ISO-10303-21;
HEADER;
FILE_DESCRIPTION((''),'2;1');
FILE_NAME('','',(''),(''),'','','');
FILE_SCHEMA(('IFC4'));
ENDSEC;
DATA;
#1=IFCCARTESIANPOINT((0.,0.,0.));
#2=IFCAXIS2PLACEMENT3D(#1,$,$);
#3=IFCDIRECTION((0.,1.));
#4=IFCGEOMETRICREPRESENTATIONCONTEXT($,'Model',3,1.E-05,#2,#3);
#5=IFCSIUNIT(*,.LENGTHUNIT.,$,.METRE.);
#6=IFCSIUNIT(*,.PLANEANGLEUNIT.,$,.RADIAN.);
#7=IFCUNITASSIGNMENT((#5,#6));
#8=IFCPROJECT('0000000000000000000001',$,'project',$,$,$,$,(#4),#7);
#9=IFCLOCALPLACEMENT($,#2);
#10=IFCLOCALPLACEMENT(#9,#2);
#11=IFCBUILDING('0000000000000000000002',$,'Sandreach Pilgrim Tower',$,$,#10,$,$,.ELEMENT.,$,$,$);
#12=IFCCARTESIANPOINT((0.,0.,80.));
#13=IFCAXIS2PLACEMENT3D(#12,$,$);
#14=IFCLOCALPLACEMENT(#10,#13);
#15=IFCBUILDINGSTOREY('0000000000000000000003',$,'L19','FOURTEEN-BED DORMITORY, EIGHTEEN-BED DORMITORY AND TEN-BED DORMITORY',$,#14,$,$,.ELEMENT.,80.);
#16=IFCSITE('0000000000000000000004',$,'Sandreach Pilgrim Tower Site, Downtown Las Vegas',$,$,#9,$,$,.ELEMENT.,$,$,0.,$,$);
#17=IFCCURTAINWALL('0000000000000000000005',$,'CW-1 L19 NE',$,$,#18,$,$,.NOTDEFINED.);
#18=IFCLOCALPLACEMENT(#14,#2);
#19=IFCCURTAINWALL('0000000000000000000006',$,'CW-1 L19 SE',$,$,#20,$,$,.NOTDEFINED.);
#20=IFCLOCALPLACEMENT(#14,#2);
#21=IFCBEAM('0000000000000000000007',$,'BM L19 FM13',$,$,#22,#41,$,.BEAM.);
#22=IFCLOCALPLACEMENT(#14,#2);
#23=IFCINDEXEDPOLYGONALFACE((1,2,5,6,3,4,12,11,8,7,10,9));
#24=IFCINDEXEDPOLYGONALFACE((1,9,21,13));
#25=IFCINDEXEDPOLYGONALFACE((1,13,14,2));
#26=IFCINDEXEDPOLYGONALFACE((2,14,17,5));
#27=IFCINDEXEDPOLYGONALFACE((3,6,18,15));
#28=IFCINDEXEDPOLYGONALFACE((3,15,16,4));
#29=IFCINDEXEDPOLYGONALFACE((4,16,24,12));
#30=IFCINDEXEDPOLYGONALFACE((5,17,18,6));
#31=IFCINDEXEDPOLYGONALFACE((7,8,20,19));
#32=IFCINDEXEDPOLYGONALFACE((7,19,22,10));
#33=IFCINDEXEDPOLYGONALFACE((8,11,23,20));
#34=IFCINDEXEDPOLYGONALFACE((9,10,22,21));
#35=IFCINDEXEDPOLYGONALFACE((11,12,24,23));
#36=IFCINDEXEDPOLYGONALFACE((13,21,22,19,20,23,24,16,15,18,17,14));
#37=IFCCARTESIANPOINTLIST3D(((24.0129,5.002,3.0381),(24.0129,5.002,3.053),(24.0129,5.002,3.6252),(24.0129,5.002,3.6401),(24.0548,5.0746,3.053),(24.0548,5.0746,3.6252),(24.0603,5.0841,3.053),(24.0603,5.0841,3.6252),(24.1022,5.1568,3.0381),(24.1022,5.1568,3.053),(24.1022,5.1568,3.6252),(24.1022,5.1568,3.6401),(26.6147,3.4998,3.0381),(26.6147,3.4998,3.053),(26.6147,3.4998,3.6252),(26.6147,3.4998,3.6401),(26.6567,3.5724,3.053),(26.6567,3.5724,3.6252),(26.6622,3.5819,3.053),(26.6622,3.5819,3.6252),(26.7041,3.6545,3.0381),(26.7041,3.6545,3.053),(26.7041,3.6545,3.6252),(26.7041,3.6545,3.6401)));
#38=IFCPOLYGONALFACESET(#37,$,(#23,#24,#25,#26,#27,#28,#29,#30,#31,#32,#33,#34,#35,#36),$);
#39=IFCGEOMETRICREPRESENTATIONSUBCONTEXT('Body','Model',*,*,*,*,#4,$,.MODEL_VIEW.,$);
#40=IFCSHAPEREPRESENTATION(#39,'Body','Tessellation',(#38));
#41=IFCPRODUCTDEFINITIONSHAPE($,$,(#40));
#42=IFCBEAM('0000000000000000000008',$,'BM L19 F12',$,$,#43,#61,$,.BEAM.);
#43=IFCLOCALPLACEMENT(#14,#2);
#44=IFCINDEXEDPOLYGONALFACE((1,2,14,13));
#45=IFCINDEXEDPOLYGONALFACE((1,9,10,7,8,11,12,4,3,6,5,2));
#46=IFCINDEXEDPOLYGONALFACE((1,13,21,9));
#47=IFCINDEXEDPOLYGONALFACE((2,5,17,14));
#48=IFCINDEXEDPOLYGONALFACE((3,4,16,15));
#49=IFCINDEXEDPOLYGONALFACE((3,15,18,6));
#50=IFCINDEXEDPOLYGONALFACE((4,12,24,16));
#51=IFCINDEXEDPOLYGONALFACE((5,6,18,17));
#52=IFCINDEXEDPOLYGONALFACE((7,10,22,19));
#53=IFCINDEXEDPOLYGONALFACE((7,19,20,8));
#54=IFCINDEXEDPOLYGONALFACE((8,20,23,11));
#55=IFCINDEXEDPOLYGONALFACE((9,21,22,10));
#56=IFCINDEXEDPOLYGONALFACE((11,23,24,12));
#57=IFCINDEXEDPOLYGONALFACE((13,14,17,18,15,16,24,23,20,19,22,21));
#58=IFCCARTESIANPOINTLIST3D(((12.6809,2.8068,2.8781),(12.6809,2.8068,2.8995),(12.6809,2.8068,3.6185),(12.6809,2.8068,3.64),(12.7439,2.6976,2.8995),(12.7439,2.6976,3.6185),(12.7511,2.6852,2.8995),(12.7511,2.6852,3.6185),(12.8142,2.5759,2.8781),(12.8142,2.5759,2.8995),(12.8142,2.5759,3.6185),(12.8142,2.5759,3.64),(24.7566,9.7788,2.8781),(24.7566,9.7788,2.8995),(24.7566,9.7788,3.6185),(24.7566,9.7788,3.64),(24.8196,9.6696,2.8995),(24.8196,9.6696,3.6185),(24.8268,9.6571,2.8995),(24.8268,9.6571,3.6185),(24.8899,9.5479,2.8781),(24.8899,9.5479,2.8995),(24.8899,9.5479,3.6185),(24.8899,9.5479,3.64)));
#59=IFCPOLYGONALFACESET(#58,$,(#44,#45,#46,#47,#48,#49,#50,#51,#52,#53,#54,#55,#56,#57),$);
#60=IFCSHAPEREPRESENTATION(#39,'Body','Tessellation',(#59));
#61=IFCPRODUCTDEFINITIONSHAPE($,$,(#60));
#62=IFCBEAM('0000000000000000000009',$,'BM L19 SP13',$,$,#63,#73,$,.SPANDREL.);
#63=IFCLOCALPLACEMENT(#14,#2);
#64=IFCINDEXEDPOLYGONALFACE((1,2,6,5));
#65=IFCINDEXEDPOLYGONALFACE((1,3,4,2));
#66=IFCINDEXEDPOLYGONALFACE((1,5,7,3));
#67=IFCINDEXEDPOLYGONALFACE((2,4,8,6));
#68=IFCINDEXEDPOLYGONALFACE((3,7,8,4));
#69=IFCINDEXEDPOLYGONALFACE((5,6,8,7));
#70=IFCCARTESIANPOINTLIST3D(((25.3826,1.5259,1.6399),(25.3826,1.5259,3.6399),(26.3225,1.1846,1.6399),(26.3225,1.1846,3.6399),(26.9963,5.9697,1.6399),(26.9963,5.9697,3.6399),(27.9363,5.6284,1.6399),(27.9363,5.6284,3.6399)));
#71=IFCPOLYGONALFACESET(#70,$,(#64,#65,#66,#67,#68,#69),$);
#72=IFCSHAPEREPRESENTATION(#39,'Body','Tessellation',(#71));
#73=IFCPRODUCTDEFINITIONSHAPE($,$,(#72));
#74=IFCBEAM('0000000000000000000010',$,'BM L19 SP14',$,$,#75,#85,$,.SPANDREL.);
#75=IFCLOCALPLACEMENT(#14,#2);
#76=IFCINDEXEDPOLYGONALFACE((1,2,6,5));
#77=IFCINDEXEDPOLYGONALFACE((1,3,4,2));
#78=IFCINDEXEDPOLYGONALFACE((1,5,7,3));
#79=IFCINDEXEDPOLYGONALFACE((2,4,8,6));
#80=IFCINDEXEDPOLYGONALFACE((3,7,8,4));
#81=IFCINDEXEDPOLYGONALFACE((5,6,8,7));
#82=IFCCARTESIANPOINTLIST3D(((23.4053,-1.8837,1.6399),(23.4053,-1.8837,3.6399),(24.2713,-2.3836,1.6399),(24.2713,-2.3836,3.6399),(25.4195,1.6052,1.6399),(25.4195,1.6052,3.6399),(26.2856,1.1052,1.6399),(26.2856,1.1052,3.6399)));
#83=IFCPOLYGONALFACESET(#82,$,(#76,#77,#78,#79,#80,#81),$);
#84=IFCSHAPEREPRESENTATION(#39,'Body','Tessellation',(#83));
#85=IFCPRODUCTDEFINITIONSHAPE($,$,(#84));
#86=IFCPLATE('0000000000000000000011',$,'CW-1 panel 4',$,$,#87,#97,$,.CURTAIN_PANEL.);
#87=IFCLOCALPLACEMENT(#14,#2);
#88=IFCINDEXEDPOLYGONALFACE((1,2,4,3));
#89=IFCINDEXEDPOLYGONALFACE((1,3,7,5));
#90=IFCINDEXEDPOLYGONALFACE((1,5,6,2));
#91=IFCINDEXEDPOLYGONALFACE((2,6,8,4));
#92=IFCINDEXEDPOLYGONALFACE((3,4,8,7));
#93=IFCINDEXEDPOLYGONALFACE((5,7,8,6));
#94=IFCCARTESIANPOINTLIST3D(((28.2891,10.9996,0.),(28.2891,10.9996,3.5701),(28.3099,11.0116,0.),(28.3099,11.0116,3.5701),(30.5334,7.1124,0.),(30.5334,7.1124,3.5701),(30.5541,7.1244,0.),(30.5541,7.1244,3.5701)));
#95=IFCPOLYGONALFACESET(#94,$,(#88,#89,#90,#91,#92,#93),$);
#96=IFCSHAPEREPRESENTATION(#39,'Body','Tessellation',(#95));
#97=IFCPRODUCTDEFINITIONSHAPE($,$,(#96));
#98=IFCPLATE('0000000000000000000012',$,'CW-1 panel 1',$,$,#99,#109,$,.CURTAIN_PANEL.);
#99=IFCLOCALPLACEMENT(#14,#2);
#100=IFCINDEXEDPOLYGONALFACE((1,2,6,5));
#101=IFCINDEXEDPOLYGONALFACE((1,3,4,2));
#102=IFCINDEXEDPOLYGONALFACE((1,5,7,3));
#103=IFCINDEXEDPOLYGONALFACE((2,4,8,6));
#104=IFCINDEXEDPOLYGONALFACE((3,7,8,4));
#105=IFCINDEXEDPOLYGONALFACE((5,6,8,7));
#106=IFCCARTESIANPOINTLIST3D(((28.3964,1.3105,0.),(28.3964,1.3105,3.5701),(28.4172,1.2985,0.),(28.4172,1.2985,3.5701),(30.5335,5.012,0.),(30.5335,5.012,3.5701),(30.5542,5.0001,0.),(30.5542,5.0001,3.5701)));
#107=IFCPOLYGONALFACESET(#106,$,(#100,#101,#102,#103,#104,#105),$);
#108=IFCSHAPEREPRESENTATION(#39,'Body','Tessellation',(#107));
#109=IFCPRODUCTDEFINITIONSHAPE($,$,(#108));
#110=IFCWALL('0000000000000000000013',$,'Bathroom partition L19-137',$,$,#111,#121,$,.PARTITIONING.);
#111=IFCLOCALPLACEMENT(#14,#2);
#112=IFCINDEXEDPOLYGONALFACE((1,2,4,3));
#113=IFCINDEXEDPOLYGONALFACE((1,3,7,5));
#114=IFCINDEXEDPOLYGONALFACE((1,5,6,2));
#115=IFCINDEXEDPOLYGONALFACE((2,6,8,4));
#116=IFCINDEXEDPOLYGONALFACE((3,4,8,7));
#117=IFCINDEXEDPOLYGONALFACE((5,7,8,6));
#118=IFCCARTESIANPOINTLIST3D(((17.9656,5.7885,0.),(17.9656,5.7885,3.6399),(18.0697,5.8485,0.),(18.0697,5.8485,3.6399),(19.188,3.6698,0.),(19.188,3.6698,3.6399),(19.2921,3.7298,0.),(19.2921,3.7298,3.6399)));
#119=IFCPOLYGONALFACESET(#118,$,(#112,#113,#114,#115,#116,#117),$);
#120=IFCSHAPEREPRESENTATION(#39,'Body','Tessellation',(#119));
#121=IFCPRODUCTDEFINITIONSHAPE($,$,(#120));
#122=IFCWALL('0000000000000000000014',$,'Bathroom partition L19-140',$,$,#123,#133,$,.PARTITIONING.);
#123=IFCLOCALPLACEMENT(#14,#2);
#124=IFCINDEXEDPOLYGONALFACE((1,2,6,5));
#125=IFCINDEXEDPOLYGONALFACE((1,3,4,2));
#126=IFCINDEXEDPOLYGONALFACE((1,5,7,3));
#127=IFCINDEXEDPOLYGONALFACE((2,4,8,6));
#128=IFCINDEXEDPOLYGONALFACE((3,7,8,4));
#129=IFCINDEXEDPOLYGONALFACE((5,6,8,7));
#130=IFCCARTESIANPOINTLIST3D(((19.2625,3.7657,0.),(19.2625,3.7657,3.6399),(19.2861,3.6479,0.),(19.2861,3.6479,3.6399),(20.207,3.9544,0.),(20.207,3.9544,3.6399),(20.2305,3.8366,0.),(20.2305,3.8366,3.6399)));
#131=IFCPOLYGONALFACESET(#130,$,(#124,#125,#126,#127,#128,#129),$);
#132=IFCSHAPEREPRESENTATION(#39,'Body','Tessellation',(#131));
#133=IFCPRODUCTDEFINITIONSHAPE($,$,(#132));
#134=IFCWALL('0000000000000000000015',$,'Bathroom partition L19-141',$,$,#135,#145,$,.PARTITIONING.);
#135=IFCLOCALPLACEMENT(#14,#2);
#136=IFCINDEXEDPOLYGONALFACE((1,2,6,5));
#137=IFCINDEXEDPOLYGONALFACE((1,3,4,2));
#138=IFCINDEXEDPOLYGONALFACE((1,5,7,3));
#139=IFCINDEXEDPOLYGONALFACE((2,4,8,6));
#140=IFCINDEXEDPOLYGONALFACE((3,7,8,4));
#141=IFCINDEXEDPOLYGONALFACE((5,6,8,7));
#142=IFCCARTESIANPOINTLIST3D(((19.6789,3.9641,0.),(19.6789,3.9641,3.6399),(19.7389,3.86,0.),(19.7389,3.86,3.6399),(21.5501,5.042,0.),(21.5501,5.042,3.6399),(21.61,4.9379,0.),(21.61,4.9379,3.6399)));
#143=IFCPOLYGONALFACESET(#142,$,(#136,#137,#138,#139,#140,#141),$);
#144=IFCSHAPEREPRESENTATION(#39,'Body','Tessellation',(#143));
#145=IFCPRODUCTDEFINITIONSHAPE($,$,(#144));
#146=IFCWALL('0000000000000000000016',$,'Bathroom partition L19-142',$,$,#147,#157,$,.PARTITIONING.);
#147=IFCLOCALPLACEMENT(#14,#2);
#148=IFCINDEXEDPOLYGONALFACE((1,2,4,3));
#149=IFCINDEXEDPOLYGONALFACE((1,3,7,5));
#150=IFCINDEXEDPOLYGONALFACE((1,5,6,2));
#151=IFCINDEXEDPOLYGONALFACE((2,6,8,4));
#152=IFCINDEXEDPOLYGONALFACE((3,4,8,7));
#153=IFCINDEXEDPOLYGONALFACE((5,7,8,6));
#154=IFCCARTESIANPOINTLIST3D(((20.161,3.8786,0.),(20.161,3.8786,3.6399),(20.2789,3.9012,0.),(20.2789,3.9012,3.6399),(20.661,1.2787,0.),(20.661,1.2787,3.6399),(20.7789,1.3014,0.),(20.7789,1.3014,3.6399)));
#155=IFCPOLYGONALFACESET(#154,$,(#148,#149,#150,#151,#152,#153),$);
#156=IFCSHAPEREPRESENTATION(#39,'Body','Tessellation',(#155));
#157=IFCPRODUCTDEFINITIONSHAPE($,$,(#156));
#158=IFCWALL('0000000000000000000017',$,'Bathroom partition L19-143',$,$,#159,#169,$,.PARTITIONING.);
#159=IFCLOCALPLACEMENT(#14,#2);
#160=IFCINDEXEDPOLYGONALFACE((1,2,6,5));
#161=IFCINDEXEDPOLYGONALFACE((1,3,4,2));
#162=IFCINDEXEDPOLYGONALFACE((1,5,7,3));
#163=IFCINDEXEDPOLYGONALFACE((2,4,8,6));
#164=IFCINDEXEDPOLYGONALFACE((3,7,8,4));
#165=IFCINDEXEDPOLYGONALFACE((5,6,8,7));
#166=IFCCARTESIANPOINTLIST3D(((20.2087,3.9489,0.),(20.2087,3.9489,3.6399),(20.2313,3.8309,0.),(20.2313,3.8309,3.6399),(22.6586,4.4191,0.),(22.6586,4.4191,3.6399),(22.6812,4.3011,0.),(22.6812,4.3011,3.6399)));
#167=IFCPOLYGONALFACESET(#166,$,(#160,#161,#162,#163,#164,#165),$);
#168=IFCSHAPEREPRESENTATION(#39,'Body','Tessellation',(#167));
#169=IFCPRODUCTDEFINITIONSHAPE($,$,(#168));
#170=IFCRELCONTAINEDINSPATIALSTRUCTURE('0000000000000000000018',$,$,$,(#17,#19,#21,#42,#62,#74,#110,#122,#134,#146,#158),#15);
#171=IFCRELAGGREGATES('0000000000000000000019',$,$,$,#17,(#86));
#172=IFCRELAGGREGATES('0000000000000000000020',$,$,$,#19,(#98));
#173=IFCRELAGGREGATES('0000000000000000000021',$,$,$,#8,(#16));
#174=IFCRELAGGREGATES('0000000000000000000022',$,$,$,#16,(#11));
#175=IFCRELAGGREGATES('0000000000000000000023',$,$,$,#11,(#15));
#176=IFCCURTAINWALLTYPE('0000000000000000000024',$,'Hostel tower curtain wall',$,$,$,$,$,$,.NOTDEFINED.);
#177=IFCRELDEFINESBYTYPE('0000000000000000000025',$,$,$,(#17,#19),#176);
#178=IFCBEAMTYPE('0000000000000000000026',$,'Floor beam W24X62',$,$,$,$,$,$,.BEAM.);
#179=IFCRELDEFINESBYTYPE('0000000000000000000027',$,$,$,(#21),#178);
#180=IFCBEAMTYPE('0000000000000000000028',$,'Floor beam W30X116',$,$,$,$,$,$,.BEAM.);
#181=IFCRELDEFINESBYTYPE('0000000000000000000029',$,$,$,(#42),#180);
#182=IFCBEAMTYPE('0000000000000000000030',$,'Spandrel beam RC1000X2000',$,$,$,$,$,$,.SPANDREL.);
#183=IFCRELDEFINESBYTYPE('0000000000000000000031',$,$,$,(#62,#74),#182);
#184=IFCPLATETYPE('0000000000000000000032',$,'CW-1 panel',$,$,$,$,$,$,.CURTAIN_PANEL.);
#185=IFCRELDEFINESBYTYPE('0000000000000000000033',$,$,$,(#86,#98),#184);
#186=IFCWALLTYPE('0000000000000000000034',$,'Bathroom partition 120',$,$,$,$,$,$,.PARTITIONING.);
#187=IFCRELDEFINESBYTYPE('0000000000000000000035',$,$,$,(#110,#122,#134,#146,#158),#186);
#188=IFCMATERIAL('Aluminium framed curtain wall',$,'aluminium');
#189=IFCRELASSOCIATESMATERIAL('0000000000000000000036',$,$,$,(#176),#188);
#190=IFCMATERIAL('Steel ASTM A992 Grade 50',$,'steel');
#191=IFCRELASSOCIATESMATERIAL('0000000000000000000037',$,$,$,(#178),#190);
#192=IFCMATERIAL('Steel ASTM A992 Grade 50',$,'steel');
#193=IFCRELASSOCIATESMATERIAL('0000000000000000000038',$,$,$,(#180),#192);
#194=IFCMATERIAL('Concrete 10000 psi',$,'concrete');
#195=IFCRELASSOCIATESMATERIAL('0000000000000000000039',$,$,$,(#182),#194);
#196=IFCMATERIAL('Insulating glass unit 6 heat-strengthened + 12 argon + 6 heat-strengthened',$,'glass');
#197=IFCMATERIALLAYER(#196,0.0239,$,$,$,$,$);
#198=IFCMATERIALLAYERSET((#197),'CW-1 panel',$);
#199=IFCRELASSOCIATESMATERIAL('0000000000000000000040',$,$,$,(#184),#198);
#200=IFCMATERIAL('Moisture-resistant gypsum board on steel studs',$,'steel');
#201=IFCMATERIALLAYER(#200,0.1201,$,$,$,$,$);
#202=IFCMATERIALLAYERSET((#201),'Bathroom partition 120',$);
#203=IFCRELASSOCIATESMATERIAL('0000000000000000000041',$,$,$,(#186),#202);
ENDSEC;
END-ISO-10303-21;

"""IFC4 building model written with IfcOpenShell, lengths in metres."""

from ifc_helpers import new_model, si_unit, direction, frame, frame_2d, origin, origin_2d, place, context, subcontext, project, spatial, rectangle, i_section, extrude, material, layer, layer_set, material_profile, profile_set, type_object, element, aggregate, save


model = new_model("IFC4")

# Units and contexts
model_context = context("Model", 3, precision=1e-05, world=origin(), true_north=direction((0.0, 1.0)))
body_context = subcontext(model_context, "Body", "Model", "MODEL_VIEW")
ifc_project = project(units=[si_unit("LENGTHUNIT", "METRE"), si_unit("PLANEANGLEUNIT", "RADIAN")], contexts=[model_context])

# Site, building, storey
site_placement = place(None, origin())
site = spatial("IfcSite", under=ifc_project, at=site_placement, Name="Sandreach Pilgrim Tower Site, Downtown Las Vegas", CompositionType="ELEMENT", RefElevation=0.0)
building_placement = place(site_placement, origin())
building = spatial("IfcBuilding", under=site, at=building_placement, Name="Sandreach Pilgrim Tower", CompositionType="ELEMENT")
storey_placement = place(building_placement, frame((0.0, 0.0, 80.0)))
storey = spatial("IfcBuildingStorey", under=building, at=storey_placement, Name="L19", Description="FOURTEEN-BED DORMITORY, EIGHTEEN-BED DORMITORY AND TEN-BED DORMITORY", CompositionType="ELEMENT", Elevation=80.0)

# Curtain wall
ifc_material_1 = material(Name="Aluminium framed curtain wall", Category="aluminium")
curtain_wall_type = type_object("IfcCurtainWallType", Name="Hostel tower curtain wall", PredefinedType="NOTDEFINED", material=ifc_material_1)
curtain_wall_1_placement = place(storey_placement, origin())
curtain_wall_1 = element("IfcCurtainWall", 1, at=curtain_wall_1_placement, inside=storey, type_object=curtain_wall_type, Name="CW-1 L19 NE", PredefinedType="NOTDEFINED")

# Curtain wall
curtain_wall_2_placement = place(storey_placement, origin())
curtain_wall_2 = element("IfcCurtainWall", 2, at=curtain_wall_2_placement, inside=storey, type_object=curtain_wall_type, Name="CW-1 L19 SE", PredefinedType="NOTDEFINED")

# Beams
ifc_material_2 = material(Name="Steel ASTM A992 Grade 50", Category="steel")
ifc_material_profile_1 = material_profile(ifc_material_2, i_section(OverallWidth=0.1787, OverallDepth=0.6021, WebThickness=0.011, FlangeThickness=0.0149, at=origin_2d()), Name="W24X62")
ifc_profile_set_1 = profile_set([ifc_material_profile_1], Name="Steel ASTM A992 Grade 50")
beam_type_1 = type_object("IfcBeamType", Name="Floor beam W24X62", PredefinedType="BEAM", material=ifc_profile_set_1)
beam_1_placement = place(storey_placement, frame((26.6594, 3.5771, 3.3391), z_axis=(-0.866019, 0.500011, 0.0), x_axis=(-0.500011, -0.866019, 0.0)))
element("IfcBeam", 3, at=beam_1_placement, inside=storey, type_object=beam_type_1, Name="BM L19 FM13", PredefinedType="BEAM", context=body_context, shape_type="SweptSolid", body=[
    extrude(i_section(OverallWidth=0.1787, OverallDepth=0.6021, WebThickness=0.011, FlangeThickness=0.0149, at=origin_2d()), origin(), (0.0, 0.0, 1.0), 3.0044),
])
ifc_material_3 = material(Name="Steel ASTM A992 Grade 50", Category="steel")
ifc_material_profile_2 = material_profile(ifc_material_3, i_section(OverallWidth=0.2666, OverallDepth=0.762, WebThickness=0.0144, FlangeThickness=0.0215, at=origin_2d()), Name="W30X116")
ifc_profile_set_2 = profile_set([ifc_material_profile_2], Name="Steel ASTM A992 Grade 50")
beam_type_2 = type_object("IfcBeamType", Name="Floor beam W30X116", PredefinedType="BEAM", material=ifc_profile_set_2)
beam_2_placement = place(storey_placement, frame((24.8232, 9.6633, 3.259), z_axis=(-0.866025, -0.500001, 0.0), x_axis=(0.500001, -0.866025, 0.0)))
element("IfcBeam", 4, at=beam_2_placement, inside=storey, type_object=beam_type_2, Name="BM L19 F12", PredefinedType="BEAM", context=body_context, shape_type="SweptSolid", body=[
    extrude(i_section(OverallWidth=0.2666, OverallDepth=0.762, WebThickness=0.0144, FlangeThickness=0.0215, at=origin_2d()), origin(), (0.0, 0.0, 1.0), 13.9438),
])
ifc_material_4 = material(Name="Concrete 10000 psi", Category="concrete")
ifc_material_profile_3 = material_profile(ifc_material_4, rectangle(XDim=1.0, YDim=2.0, at=origin_2d()), Name="RC1000X2000")
ifc_profile_set_3 = profile_set([ifc_material_profile_3], Name="Concrete 10000 psi")
beam_type_3 = type_object("IfcBeamType", Name="Spandrel beam RC1000X2000", PredefinedType="SPANDREL", material=ifc_profile_set_3)
beam_3_placement = place(storey_placement, frame((27.4663, 5.7991, 2.6399), z_axis=(-0.341337, -0.939941, 0.0), x_axis=(0.939941, -0.341337, 0.0)))
element("IfcBeam", 5, at=beam_3_placement, inside=storey, type_object=beam_type_3, Name="BM L19 SP13", PredefinedType="SPANDREL", context=body_context, shape_type="SweptSolid", body=[
    extrude(rectangle(XDim=1.0, YDim=2.0, at=origin_2d()), origin(), (0.0, 0.0, 1.0), 4.7278),
])
beam_4_placement = place(storey_placement, frame((25.8525, 1.3552, 2.6399), z_axis=(-0.499985, -0.866034, 0.0), x_axis=(0.866034, -0.499985, 0.0)))
element("IfcBeam", 6, at=beam_4_placement, inside=storey, type_object=beam_type_3, Name="BM L19 SP14", PredefinedType="SPANDREL", context=body_context, shape_type="SweptSolid", body=[
    extrude(rectangle(XDim=1.0, YDim=2.0, at=origin_2d()), origin(), (0.0, 0.0, 1.0), 4.0286),
])

# Plates
ifc_material_5 = material(Name="Insulating glass unit 6 heat-strengthened + 12 argon + 6 heat-strengthened", Category="glass")
ifc_layer_1 = layer(ifc_material_5, 0.0239)
ifc_layer_set_1 = layer_set([ifc_layer_1], Name="CW-1 panel")
plate_type = type_object("IfcPlateType", Name="CW-1 panel", PredefinedType="CURTAIN_PANEL", material=ifc_layer_set_1)
plate_1_placement = place(storey_placement, frame((29.4216, 9.062, 0.0), z_axis=(0.0, 0.0, 1.0), x_axis=(0.5, -0.866025, 0.0)))
plate_1 = element("IfcPlate", 7, at=plate_1_placement, type_object=plate_type, Name="CW-1 panel 4", PredefinedType="CURTAIN_PANEL", context=body_context, shape_type="SweptSolid", body=[
    extrude(rectangle(XDim=4.4885, YDim=0.0239, at=origin_2d()), origin(), (0.0, 0.0, 1.0), 3.5701),
])
aggregate(curtain_wall_1, [plate_1])
plate_2_placement = place(storey_placement, frame((29.4753, 3.1553, 0.0), z_axis=(0.0, 0.0, 1.0), x_axis=(-0.5, -0.866025, 0.0)))
plate_2 = element("IfcPlate", 8, at=plate_2_placement, type_object=plate_type, Name="CW-1 panel 1", PredefinedType="CURTAIN_PANEL", context=body_context, shape_type="SweptSolid", body=[
    extrude(rectangle(XDim=4.2742, YDim=0.0239, at=origin_2d()), origin(), (0.0, 0.0, 1.0), 3.5701),
])
aggregate(curtain_wall_2, [plate_2])

# Walls
ifc_material_6 = material(Name="Moisture-resistant gypsum board on steel studs", Category="steel")
ifc_layer_2 = layer(ifc_material_6, 0.1201)
ifc_layer_set_2 = layer_set([ifc_layer_2], Name="Bathroom partition 120")
wall_type_1 = type_object("IfcWallType", Name="Bathroom partition 120", PredefinedType="PARTITIONING", material=ifc_layer_set_2)
wall_1_placement = place(storey_placement, frame((18.0176, 5.8186, 0.0), z_axis=(0.0, 0.0, 1.0), x_axis=(0.499757, -0.866166, 0.0)))
element("IfcWall", 9, at=wall_1_placement, inside=storey, type_object=wall_type_1, Name="Bathroom partition L19-137", PredefinedType="PARTITIONING", context=body_context, shape_type="SweptSolid", body=[
    extrude(rectangle(XDim=2.446, YDim=0.1201, at=frame_2d((1.2231, 0.0))), origin(), (0.0, 0.0, 1.0), 3.6399),
])
wall_2_placement = place(storey_placement, frame((19.2744, 3.7068, 0.0), z_axis=(0.0, 0.0, 1.0), x_axis=(0.98062, 0.195921, 0.0)))
element("IfcWall", 10, at=wall_2_placement, inside=storey, type_object=wall_type_1, Name="Bathroom partition L19-140", PredefinedType="PARTITIONING", context=body_context, shape_type="SweptSolid", body=[
    extrude(rectangle(XDim=0.9631, YDim=0.1201, at=frame_2d((0.4814, 0.0))), origin(), (0.0, 0.0, 1.0), 3.6399),
])
wall_3_placement = place(storey_placement, frame((19.709, 3.9121, 0.0), z_axis=(0.0, 0.0, 1.0), x_axis=(0.866505, 0.499168, 0.0)))
element("IfcWall", 11, at=wall_3_placement, inside=storey, type_object=wall_type_1, Name="Bathroom partition L19-141", PredefinedType="PARTITIONING", context=body_context, shape_type="SweptSolid", body=[
    extrude(rectangle(XDim=2.1594, YDim=0.1201, at=frame_2d((1.0796, 0.0))), origin(), (0.0, 0.0, 1.0), 3.6399),
])
wall_4_placement = place(storey_placement, frame((20.22, 3.8899, 0.0), z_axis=(0.0, 0.0, 1.0), x_axis=(0.188858, -0.982004, 0.0)))
element("IfcWall", 12, at=wall_4_placement, inside=storey, type_object=wall_type_1, Name="Bathroom partition L19-142", PredefinedType="PARTITIONING", context=body_context, shape_type="SweptSolid", body=[
    extrude(rectangle(XDim=2.6475, YDim=0.1201, at=frame_2d((1.3237, 0.0))), origin(), (0.0, 0.0, 1.0), 3.6399),
])
wall_5_placement = place(storey_placement, frame((20.22, 3.8899, 0.0), z_axis=(0.0, 0.0, 1.0), x_axis=(0.982075, 0.188488, 0.0)))
element("IfcWall", 13, at=wall_5_placement, inside=storey, type_object=wall_type_1, Name="Bathroom partition L19-143", PredefinedType="PARTITIONING", context=body_context, shape_type="SweptSolid", body=[
    extrude(rectangle(XDim=2.4946, YDim=0.1201, at=frame_2d((1.2473, 0.0))), origin(), (0.0, 0.0, 1.0), 3.6399),
])

save(model, "model.ifc")
